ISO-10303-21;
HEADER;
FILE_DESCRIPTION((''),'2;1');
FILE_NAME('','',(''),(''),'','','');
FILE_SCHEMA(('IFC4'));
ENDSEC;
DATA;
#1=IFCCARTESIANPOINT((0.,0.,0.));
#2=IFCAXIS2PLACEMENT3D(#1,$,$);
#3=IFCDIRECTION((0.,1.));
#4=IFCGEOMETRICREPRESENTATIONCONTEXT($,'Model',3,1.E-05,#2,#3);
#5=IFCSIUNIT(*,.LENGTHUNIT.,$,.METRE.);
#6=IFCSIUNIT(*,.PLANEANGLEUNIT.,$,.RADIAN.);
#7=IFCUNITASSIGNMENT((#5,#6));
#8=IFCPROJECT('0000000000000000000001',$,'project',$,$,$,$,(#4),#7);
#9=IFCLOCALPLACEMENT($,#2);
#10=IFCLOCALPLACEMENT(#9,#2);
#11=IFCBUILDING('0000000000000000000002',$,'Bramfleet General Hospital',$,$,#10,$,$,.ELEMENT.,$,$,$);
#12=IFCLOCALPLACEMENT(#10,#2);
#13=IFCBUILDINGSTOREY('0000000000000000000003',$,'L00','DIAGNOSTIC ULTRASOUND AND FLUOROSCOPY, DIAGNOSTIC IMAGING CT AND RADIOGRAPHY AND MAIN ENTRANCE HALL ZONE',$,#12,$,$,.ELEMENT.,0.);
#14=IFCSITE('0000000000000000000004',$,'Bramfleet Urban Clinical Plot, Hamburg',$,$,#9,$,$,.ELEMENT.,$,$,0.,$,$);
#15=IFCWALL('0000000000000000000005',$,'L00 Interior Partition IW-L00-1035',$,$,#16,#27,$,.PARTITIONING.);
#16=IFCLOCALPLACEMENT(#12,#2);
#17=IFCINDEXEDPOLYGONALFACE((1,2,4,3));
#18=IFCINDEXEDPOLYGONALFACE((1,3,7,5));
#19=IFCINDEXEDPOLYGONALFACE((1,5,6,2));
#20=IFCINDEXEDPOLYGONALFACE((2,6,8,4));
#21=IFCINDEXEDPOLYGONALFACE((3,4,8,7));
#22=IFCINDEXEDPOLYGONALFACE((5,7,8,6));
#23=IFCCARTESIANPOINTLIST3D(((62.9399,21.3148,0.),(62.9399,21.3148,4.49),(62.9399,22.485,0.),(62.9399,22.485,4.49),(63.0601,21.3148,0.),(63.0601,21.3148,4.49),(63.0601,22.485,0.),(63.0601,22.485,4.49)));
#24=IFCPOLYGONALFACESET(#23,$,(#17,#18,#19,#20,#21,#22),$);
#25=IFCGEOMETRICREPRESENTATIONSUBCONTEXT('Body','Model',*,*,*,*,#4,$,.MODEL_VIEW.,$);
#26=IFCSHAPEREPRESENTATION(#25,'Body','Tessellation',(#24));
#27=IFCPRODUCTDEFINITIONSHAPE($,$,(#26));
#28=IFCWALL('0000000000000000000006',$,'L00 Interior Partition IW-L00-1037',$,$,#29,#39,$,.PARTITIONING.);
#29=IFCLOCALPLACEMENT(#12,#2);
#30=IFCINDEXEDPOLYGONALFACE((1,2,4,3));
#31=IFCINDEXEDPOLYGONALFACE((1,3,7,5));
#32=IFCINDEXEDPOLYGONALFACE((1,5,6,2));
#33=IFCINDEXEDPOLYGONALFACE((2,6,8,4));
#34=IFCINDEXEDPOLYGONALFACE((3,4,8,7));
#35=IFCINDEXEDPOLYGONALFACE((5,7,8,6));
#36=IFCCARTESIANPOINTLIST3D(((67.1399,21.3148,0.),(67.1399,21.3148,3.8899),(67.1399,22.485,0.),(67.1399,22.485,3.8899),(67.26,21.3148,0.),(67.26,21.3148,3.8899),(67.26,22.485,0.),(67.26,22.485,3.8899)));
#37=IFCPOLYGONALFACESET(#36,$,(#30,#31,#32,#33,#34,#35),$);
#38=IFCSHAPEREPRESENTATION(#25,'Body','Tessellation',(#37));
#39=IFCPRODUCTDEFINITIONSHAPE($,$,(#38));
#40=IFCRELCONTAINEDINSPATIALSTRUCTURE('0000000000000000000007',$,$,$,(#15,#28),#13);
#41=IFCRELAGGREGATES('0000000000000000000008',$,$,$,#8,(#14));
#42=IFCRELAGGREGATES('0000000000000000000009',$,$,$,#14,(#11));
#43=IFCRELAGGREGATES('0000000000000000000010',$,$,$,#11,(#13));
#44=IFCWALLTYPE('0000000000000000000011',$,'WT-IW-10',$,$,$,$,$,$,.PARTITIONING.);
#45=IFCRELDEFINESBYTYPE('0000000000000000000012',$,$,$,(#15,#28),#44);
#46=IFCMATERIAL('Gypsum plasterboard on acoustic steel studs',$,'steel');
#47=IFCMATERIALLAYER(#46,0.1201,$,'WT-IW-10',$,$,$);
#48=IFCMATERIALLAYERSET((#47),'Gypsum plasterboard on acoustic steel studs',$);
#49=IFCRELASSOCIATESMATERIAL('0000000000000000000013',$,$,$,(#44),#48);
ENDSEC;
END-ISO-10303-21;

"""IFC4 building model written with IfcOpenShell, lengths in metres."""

from ifc_helpers import new_model, si_unit, direction, frame, frame_2d, origin, place, context, subcontext, project, spatial, rectangle, extrude, material, layer, layer_set, type_object, element, save


model = new_model("IFC4")

# Units and contexts
model_context = context("Model", 3, precision=1e-05, world=origin(), true_north=direction((0.0, 1.0)))
body_context = subcontext(model_context, "Body", "Model", "MODEL_VIEW")
ifc_project = project(units=[si_unit("LENGTHUNIT", "METRE"), si_unit("PLANEANGLEUNIT", "RADIAN")], contexts=[model_context])

# Site, building, storey
site_placement = place(None, origin())
site = spatial("IfcSite", under=ifc_project, at=site_placement, Name="Bramfleet Urban Clinical Plot, Hamburg", CompositionType="ELEMENT", RefElevation=0.0)
building_placement = place(site_placement, origin())
building = spatial("IfcBuilding", under=site, at=building_placement, Name="Bramfleet General Hospital", CompositionType="ELEMENT")
storey_placement = place(building_placement, origin())
storey = spatial("IfcBuildingStorey", under=building, at=storey_placement, Name="L00", Description="DIAGNOSTIC ULTRASOUND AND FLUOROSCOPY, DIAGNOSTIC IMAGING CT AND RADIOGRAPHY AND MAIN ENTRANCE HALL ZONE", CompositionType="ELEMENT", Elevation=0.0)

# Shared definitions
ifc_material_1 = material(Name="Gypsum plasterboard on acoustic steel studs", Category="steel")

# Shared definitions
ifc_layer_1 = layer(ifc_material_1, 0.1201, Name="WT-IW-10")
ifc_layer_set_1 = layer_set([ifc_layer_1], Name="Gypsum plasterboard on acoustic steel studs")
wall_type_1 = type_object("IfcWallType", Name="WT-IW-10", PredefinedType="PARTITIONING", material=ifc_layer_set_1)

# Walls
wall_1_placement = place(storey_placement, frame((63.0, 21.3149, 0.0), z_axis=(0.0, 0.0, 1.0), x_axis=(0.0, 1.0, 0.0)))
element("IfcWall", 1, at=wall_1_placement, inside=storey, type_object=wall_type_1, Name="L00 Interior Partition IW-L00-1035", PredefinedType="PARTITIONING", context=body_context, shape_type="SweptSolid", body=[
    extrude(rectangle(XDim=1.1702, YDim=0.1201, at=frame_2d((0.585, 0.0))), origin(), (0.0, 0.0, 1.0), 4.49),
])
wall_2_placement = place(storey_placement, frame((67.2, 21.3149, 0.0), z_axis=(0.0, 0.0, 1.0), x_axis=(0.0, 1.0, 0.0)))
element("IfcWall", 2, at=wall_2_placement, inside=storey, type_object=wall_type_1, Name="L00 Interior Partition IW-L00-1037", PredefinedType="PARTITIONING", context=body_context, shape_type="SweptSolid", body=[
    extrude(rectangle(XDim=1.1702, YDim=0.1201, at=frame_2d((0.585, 0.0))), origin(), (0.0, 0.0, 1.0), 3.8899),
])

save(model, "model.ifc")
